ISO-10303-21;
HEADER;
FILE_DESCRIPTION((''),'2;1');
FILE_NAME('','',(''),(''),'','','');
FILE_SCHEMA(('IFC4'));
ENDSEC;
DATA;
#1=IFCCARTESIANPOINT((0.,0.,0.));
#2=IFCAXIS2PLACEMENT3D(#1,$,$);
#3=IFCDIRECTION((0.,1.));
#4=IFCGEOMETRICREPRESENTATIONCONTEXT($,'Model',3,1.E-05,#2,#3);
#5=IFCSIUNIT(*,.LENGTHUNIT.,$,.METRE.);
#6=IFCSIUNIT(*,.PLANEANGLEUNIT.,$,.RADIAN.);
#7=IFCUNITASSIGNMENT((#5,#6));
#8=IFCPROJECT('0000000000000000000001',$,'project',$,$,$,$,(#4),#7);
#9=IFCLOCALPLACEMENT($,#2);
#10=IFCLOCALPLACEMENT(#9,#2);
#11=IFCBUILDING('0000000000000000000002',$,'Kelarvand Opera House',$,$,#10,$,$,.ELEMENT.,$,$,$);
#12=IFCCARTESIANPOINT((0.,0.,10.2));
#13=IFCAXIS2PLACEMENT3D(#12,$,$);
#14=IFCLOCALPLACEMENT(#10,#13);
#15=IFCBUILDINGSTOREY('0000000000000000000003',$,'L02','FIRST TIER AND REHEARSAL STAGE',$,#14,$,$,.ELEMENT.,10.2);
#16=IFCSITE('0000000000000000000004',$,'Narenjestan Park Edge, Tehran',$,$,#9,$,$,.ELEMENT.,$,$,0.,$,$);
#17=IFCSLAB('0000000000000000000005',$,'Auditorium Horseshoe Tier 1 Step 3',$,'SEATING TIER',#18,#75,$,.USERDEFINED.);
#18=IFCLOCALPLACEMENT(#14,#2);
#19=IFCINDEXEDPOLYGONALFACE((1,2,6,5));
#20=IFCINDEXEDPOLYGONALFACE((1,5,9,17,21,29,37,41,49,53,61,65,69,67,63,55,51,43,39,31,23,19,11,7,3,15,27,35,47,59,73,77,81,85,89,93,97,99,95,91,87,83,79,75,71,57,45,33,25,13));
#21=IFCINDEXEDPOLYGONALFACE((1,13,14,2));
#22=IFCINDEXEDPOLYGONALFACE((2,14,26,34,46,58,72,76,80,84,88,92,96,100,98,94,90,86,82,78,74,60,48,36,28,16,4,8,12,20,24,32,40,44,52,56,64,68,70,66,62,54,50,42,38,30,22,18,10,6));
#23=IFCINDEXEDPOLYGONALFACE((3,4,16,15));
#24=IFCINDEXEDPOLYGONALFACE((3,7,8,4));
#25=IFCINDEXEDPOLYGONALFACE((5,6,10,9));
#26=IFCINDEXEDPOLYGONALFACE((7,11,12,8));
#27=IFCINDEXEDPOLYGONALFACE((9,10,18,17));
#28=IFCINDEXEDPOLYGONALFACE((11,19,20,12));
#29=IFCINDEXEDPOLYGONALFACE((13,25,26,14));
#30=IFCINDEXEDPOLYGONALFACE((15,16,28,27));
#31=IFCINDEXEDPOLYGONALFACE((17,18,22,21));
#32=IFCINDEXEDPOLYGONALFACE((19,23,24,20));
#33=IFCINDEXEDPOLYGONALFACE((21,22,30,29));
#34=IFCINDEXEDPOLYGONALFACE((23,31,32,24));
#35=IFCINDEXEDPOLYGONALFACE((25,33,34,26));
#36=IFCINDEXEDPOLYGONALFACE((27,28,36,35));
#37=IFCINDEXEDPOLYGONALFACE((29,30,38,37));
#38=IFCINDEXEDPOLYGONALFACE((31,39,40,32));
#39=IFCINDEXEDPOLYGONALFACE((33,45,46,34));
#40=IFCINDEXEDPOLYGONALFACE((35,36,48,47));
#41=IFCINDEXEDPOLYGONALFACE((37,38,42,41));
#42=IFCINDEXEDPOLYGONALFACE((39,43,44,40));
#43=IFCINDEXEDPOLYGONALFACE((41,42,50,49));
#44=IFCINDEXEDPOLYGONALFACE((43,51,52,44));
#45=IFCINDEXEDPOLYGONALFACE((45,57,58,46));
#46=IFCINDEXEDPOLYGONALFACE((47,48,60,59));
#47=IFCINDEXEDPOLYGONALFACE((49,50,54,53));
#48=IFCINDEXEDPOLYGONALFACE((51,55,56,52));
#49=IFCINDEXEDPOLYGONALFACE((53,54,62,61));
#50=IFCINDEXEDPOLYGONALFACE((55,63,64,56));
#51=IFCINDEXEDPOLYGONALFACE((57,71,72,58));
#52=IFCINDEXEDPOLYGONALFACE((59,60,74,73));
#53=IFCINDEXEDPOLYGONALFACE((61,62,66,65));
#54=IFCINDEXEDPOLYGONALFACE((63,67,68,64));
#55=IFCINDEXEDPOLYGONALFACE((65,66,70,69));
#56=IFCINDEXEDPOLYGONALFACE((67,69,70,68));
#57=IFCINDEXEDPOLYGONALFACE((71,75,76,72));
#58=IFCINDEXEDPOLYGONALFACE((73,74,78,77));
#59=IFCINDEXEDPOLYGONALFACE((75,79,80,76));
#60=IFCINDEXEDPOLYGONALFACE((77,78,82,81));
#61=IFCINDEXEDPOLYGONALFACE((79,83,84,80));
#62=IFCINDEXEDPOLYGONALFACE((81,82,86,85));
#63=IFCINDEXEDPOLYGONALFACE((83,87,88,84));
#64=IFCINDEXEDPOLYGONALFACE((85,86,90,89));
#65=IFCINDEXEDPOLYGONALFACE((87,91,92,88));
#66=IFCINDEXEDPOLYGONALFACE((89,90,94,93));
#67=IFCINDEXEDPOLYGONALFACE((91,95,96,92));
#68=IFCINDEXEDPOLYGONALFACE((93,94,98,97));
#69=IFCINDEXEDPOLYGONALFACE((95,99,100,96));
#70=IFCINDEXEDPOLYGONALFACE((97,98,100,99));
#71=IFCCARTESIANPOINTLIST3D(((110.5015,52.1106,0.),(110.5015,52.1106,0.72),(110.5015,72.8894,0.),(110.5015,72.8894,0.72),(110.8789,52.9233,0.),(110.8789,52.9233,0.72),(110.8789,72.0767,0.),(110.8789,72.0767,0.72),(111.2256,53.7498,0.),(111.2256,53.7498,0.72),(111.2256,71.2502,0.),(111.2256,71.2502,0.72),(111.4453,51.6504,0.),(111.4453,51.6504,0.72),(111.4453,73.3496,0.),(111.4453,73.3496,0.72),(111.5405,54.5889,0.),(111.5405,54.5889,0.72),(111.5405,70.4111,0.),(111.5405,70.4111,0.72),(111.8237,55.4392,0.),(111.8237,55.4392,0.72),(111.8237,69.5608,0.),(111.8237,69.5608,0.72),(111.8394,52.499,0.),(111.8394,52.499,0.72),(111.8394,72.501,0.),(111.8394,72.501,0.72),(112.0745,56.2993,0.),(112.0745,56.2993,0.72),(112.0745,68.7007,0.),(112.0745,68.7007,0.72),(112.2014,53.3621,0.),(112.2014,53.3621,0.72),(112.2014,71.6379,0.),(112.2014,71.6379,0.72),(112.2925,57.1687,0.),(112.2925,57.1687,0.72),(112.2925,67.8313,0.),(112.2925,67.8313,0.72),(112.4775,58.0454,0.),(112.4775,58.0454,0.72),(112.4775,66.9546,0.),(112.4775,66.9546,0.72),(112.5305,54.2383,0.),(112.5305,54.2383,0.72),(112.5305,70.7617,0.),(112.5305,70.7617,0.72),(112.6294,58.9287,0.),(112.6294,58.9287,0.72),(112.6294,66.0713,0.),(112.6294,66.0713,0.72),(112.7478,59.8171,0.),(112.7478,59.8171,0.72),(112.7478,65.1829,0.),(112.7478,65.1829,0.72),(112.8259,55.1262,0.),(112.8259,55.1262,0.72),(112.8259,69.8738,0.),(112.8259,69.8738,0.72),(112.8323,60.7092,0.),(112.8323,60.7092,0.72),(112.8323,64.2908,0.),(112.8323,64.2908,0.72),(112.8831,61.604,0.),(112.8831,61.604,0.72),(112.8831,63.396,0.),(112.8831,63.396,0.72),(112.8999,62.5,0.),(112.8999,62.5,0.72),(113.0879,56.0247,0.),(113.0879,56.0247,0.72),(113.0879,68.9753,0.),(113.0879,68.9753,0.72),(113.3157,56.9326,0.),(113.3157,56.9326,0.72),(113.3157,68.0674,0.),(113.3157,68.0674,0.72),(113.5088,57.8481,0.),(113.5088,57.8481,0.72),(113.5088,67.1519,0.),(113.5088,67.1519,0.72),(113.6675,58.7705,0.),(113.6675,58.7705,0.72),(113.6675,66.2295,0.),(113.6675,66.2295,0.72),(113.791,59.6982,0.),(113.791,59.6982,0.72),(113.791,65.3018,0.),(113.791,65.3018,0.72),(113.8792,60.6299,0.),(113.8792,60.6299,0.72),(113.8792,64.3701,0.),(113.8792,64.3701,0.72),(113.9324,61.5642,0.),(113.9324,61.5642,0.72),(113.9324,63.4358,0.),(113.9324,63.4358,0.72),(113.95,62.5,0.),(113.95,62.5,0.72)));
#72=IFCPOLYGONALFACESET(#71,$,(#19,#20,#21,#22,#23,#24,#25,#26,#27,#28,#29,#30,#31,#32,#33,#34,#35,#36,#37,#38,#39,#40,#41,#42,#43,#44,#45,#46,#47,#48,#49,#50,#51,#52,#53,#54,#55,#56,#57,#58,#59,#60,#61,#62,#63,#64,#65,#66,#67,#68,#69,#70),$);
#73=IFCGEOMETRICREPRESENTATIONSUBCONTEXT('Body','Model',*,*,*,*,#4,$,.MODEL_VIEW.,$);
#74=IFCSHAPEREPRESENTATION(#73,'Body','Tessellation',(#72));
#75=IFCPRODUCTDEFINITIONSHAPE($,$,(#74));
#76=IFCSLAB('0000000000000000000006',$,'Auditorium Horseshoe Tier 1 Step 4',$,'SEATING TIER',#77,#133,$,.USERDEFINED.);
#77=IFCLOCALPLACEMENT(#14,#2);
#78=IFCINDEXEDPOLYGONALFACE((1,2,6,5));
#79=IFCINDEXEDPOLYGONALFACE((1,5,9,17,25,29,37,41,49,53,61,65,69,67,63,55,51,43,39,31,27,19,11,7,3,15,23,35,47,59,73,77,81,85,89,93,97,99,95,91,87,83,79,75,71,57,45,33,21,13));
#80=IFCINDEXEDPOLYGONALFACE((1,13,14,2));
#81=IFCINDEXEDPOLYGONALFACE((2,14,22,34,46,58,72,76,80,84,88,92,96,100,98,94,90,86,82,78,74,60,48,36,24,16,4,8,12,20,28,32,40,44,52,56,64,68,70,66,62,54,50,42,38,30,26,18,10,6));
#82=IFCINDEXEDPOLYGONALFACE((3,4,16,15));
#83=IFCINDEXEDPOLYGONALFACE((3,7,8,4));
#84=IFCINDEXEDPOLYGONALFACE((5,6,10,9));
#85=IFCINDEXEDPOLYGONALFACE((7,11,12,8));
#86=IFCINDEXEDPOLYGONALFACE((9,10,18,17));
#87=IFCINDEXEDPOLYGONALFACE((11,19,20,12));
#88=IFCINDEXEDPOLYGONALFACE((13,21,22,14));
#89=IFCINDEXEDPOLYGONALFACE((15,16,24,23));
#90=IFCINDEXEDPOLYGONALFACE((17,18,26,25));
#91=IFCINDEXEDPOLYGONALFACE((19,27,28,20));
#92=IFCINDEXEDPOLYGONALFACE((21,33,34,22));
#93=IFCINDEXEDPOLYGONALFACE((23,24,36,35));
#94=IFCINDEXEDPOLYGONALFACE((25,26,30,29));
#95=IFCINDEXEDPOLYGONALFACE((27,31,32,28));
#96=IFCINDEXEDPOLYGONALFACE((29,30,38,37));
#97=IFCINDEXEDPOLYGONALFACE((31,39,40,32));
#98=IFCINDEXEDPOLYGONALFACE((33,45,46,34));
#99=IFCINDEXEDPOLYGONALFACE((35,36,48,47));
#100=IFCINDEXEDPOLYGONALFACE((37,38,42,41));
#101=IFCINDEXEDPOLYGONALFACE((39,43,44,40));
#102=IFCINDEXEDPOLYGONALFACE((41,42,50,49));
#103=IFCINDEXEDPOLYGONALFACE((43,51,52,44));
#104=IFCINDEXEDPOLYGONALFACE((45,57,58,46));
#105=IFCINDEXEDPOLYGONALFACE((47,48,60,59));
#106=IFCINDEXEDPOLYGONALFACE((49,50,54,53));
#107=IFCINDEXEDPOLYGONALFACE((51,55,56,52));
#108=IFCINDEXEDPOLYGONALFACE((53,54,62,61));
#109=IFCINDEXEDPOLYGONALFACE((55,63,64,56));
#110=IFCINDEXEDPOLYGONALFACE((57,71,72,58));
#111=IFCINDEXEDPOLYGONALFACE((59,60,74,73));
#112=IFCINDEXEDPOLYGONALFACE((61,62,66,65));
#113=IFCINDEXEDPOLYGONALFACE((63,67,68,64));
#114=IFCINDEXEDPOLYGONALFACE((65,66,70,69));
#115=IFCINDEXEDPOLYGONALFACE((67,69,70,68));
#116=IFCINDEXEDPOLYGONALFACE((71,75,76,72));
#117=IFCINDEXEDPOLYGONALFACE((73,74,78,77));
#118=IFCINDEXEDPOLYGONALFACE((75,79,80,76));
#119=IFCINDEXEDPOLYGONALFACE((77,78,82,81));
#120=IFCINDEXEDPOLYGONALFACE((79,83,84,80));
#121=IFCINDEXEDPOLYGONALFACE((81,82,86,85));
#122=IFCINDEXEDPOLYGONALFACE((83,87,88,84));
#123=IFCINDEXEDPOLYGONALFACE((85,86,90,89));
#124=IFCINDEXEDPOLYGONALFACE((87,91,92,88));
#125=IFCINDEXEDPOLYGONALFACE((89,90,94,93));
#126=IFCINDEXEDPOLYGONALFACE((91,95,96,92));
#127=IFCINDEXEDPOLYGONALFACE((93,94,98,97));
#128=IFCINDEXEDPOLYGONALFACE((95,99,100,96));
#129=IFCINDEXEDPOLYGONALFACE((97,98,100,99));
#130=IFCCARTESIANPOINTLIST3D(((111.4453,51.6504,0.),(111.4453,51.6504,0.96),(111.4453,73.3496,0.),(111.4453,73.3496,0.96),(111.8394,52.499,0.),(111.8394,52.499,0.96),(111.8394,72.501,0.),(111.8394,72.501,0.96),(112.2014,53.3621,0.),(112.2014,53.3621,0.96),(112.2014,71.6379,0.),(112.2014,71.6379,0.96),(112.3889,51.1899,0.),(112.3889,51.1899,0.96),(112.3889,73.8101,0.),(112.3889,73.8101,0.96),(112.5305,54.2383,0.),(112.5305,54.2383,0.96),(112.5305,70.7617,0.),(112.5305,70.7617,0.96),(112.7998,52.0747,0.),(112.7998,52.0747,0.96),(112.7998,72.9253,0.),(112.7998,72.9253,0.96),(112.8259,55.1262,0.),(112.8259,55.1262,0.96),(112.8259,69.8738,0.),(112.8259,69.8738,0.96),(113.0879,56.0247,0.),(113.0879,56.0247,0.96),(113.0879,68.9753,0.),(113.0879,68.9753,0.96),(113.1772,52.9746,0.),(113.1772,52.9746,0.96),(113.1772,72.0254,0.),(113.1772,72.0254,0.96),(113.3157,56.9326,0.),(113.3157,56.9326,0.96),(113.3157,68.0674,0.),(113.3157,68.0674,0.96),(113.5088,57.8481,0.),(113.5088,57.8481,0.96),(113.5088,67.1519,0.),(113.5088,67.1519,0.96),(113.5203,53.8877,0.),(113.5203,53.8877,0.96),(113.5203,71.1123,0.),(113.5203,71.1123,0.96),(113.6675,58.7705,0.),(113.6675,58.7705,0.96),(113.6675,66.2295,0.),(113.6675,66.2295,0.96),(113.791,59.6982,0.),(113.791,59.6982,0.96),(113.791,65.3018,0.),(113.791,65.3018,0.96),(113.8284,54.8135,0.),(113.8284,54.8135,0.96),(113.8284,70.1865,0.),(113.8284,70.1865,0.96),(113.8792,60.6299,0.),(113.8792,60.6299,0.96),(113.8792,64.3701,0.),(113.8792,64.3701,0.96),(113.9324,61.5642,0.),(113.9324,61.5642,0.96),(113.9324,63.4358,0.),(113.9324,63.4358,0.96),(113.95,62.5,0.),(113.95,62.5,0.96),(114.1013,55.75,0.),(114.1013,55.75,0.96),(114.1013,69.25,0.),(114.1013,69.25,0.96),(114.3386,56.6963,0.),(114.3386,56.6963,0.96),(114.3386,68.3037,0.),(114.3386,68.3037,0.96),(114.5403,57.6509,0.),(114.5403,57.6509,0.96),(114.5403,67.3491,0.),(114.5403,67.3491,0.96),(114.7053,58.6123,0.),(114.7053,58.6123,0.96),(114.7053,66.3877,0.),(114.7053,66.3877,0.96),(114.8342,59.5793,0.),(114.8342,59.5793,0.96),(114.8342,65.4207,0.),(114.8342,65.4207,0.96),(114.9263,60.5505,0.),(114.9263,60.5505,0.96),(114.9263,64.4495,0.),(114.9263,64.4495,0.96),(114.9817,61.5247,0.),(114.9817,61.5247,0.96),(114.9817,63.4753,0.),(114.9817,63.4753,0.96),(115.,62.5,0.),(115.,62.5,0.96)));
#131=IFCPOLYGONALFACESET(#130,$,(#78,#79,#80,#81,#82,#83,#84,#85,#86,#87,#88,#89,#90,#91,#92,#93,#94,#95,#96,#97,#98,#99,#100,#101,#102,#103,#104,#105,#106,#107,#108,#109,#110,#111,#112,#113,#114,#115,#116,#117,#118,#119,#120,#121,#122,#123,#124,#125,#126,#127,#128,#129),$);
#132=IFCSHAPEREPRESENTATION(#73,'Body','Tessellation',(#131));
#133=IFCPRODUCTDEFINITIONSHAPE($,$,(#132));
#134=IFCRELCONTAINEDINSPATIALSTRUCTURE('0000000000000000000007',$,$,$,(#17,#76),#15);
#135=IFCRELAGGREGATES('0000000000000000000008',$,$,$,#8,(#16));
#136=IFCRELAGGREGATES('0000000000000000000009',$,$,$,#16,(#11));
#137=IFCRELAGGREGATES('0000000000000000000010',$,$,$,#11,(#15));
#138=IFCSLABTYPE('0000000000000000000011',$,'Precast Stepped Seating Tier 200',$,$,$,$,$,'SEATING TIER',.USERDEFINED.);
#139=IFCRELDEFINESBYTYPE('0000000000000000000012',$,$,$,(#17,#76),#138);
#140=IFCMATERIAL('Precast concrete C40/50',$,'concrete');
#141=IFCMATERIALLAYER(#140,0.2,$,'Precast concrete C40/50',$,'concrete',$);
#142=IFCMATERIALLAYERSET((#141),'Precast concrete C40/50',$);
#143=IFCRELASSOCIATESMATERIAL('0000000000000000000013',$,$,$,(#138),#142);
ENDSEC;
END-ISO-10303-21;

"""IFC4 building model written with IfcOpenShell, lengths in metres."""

from ifc_helpers import new_model, si_unit, direction, frame, origin, place, context, subcontext, project, spatial, polyline, outline, extrude, material, layer, layer_set, type_object, element, save


model = new_model("IFC4")

# Units and contexts
model_context = context("Model", 3, precision=1e-05, world=origin(), true_north=direction((0.0, 1.0)))
body_context = subcontext(model_context, "Body", "Model", "MODEL_VIEW")
ifc_project = project(units=[si_unit("LENGTHUNIT", "METRE"), si_unit("PLANEANGLEUNIT", "RADIAN")], contexts=[model_context])

# Site, building, storey
site_placement = place(None, origin())
site = spatial("IfcSite", under=ifc_project, at=site_placement, Name="Narenjestan Park Edge, Tehran", CompositionType="ELEMENT", RefElevation=0.0)
building_placement = place(site_placement, origin())
building = spatial("IfcBuilding", under=site, at=building_placement, Name="Kelarvand Opera House", CompositionType="ELEMENT")
storey_placement = place(building_placement, frame((0.0, 0.0, 10.2)))
storey = spatial("IfcBuildingStorey", under=building, at=storey_placement, Name="L02", Description="FIRST TIER AND REHEARSAL STAGE", CompositionType="ELEMENT", Elevation=10.2)

# Slabs
ifc_material_1 = material(Name="Precast concrete C40/50", Category="concrete")
ifc_layer_1 = layer(ifc_material_1, 0.2, Name="Precast concrete C40/50", Category="concrete")
ifc_layer_set_1 = layer_set([ifc_layer_1], Name="Precast concrete C40/50")
slab_type_1 = type_object("IfcSlabType", Name="Precast Stepped Seating Tier 200", ElementType="SEATING TIER", PredefinedType="USERDEFINED", material=ifc_layer_set_1)
slab_1_placement = place(storey_placement, origin())
element("IfcSlab", 1, at=slab_1_placement, inside=storey, type_object=slab_type_1, Name="Auditorium Horseshoe Tier 1 Step 3", ObjectType="SEATING TIER", PredefinedType="USERDEFINED", context=body_context, shape_type="SweptSolid", body=[
    extrude(outline(polyline([(110.5015, 52.1106), (110.8789, 52.9233), (111.2256, 53.7498), (111.5405, 54.5889), (111.8237, 55.4392), (112.0745, 56.2993), (112.2925, 57.1687), (112.4775, 58.0454), (112.6294, 58.9287), (112.7478, 59.8171), (112.8323, 60.7092), (112.8831, 61.604), (112.8999, 62.5), (112.8831, 63.396), (112.8323, 64.2908), (112.7478, 65.1829), (112.6294, 66.0713), (112.4775, 66.9546), (112.2925, 67.8313), (112.0745, 68.7007), (111.8237, 69.5608), (111.5405, 70.4111), (111.2256, 71.2502), (110.8789, 72.0767), (110.5015, 72.8894), (111.4453, 73.3496), (111.8394, 72.501), (112.2014, 71.6379), (112.5305, 70.7617), (112.8259, 69.8738), (113.0879, 68.9753), (113.3157, 68.0674), (113.5088, 67.1519), (113.6675, 66.2295), (113.791, 65.3018), (113.8792, 64.3701), (113.9324, 63.4358), (113.95, 62.5), (113.9324, 61.5642), (113.8792, 60.6299), (113.791, 59.6982), (113.6675, 58.7705), (113.5088, 57.8481), (113.3157, 56.9326), (113.0879, 56.0247), (112.8259, 55.1262), (112.5305, 54.2383), (112.2014, 53.3621), (111.8394, 52.499), (111.4453, 51.6504), (110.5015, 52.1106)])), origin(), (0.0, 0.0, 1.0), 0.72),
])
slab_2_placement = place(storey_placement, origin())
element("IfcSlab", 2, at=slab_2_placement, inside=storey, type_object=slab_type_1, Name="Auditorium Horseshoe Tier 1 Step 4", ObjectType="SEATING TIER", PredefinedType="USERDEFINED", context=body_context, shape_type="SweptSolid", body=[
    extrude(outline(polyline([(111.4453, 51.6504), (111.8394, 52.499), (112.2014, 53.3621), (112.5305, 54.2383), (112.8259, 55.1262), (113.0879, 56.0247), (113.3157, 56.9326), (113.5088, 57.8481), (113.6675, 58.7705), (113.791, 59.6982), (113.8792, 60.6299), (113.9324, 61.5642), (113.95, 62.5), (113.9324, 63.4358), (113.8792, 64.3701), (113.791, 65.3018), (113.6675, 66.2295), (113.5088, 67.1519), (113.3157, 68.0674), (113.0879, 68.9753), (112.8259, 69.8738), (112.5305, 70.7617), (112.2014, 71.6379), (111.8394, 72.501), (111.4453, 73.3496), (112.3889, 73.8101), (112.7998, 72.9253), (113.1772, 72.0254), (113.5203, 71.1123), (113.8284, 70.1865), (114.1013, 69.25), (114.3386, 68.3037), (114.5403, 67.3491), (114.7053, 66.3877), (114.8342, 65.4207), (114.9263, 64.4495), (114.9817, 63.4753), (115.0, 62.5), (114.9817, 61.5247), (114.9263, 60.5505), (114.8342, 59.5793), (114.7053, 58.6123), (114.5403, 57.6509), (114.3386, 56.6963), (114.1013, 55.75), (113.8284, 54.8135), (113.5203, 53.8877), (113.1772, 52.9746), (112.7998, 52.0747), (112.3889, 51.1899), (111.4453, 51.6504)])), origin(), (0.0, 0.0, 1.0), 0.96),
])

save(model, "model.ifc")
